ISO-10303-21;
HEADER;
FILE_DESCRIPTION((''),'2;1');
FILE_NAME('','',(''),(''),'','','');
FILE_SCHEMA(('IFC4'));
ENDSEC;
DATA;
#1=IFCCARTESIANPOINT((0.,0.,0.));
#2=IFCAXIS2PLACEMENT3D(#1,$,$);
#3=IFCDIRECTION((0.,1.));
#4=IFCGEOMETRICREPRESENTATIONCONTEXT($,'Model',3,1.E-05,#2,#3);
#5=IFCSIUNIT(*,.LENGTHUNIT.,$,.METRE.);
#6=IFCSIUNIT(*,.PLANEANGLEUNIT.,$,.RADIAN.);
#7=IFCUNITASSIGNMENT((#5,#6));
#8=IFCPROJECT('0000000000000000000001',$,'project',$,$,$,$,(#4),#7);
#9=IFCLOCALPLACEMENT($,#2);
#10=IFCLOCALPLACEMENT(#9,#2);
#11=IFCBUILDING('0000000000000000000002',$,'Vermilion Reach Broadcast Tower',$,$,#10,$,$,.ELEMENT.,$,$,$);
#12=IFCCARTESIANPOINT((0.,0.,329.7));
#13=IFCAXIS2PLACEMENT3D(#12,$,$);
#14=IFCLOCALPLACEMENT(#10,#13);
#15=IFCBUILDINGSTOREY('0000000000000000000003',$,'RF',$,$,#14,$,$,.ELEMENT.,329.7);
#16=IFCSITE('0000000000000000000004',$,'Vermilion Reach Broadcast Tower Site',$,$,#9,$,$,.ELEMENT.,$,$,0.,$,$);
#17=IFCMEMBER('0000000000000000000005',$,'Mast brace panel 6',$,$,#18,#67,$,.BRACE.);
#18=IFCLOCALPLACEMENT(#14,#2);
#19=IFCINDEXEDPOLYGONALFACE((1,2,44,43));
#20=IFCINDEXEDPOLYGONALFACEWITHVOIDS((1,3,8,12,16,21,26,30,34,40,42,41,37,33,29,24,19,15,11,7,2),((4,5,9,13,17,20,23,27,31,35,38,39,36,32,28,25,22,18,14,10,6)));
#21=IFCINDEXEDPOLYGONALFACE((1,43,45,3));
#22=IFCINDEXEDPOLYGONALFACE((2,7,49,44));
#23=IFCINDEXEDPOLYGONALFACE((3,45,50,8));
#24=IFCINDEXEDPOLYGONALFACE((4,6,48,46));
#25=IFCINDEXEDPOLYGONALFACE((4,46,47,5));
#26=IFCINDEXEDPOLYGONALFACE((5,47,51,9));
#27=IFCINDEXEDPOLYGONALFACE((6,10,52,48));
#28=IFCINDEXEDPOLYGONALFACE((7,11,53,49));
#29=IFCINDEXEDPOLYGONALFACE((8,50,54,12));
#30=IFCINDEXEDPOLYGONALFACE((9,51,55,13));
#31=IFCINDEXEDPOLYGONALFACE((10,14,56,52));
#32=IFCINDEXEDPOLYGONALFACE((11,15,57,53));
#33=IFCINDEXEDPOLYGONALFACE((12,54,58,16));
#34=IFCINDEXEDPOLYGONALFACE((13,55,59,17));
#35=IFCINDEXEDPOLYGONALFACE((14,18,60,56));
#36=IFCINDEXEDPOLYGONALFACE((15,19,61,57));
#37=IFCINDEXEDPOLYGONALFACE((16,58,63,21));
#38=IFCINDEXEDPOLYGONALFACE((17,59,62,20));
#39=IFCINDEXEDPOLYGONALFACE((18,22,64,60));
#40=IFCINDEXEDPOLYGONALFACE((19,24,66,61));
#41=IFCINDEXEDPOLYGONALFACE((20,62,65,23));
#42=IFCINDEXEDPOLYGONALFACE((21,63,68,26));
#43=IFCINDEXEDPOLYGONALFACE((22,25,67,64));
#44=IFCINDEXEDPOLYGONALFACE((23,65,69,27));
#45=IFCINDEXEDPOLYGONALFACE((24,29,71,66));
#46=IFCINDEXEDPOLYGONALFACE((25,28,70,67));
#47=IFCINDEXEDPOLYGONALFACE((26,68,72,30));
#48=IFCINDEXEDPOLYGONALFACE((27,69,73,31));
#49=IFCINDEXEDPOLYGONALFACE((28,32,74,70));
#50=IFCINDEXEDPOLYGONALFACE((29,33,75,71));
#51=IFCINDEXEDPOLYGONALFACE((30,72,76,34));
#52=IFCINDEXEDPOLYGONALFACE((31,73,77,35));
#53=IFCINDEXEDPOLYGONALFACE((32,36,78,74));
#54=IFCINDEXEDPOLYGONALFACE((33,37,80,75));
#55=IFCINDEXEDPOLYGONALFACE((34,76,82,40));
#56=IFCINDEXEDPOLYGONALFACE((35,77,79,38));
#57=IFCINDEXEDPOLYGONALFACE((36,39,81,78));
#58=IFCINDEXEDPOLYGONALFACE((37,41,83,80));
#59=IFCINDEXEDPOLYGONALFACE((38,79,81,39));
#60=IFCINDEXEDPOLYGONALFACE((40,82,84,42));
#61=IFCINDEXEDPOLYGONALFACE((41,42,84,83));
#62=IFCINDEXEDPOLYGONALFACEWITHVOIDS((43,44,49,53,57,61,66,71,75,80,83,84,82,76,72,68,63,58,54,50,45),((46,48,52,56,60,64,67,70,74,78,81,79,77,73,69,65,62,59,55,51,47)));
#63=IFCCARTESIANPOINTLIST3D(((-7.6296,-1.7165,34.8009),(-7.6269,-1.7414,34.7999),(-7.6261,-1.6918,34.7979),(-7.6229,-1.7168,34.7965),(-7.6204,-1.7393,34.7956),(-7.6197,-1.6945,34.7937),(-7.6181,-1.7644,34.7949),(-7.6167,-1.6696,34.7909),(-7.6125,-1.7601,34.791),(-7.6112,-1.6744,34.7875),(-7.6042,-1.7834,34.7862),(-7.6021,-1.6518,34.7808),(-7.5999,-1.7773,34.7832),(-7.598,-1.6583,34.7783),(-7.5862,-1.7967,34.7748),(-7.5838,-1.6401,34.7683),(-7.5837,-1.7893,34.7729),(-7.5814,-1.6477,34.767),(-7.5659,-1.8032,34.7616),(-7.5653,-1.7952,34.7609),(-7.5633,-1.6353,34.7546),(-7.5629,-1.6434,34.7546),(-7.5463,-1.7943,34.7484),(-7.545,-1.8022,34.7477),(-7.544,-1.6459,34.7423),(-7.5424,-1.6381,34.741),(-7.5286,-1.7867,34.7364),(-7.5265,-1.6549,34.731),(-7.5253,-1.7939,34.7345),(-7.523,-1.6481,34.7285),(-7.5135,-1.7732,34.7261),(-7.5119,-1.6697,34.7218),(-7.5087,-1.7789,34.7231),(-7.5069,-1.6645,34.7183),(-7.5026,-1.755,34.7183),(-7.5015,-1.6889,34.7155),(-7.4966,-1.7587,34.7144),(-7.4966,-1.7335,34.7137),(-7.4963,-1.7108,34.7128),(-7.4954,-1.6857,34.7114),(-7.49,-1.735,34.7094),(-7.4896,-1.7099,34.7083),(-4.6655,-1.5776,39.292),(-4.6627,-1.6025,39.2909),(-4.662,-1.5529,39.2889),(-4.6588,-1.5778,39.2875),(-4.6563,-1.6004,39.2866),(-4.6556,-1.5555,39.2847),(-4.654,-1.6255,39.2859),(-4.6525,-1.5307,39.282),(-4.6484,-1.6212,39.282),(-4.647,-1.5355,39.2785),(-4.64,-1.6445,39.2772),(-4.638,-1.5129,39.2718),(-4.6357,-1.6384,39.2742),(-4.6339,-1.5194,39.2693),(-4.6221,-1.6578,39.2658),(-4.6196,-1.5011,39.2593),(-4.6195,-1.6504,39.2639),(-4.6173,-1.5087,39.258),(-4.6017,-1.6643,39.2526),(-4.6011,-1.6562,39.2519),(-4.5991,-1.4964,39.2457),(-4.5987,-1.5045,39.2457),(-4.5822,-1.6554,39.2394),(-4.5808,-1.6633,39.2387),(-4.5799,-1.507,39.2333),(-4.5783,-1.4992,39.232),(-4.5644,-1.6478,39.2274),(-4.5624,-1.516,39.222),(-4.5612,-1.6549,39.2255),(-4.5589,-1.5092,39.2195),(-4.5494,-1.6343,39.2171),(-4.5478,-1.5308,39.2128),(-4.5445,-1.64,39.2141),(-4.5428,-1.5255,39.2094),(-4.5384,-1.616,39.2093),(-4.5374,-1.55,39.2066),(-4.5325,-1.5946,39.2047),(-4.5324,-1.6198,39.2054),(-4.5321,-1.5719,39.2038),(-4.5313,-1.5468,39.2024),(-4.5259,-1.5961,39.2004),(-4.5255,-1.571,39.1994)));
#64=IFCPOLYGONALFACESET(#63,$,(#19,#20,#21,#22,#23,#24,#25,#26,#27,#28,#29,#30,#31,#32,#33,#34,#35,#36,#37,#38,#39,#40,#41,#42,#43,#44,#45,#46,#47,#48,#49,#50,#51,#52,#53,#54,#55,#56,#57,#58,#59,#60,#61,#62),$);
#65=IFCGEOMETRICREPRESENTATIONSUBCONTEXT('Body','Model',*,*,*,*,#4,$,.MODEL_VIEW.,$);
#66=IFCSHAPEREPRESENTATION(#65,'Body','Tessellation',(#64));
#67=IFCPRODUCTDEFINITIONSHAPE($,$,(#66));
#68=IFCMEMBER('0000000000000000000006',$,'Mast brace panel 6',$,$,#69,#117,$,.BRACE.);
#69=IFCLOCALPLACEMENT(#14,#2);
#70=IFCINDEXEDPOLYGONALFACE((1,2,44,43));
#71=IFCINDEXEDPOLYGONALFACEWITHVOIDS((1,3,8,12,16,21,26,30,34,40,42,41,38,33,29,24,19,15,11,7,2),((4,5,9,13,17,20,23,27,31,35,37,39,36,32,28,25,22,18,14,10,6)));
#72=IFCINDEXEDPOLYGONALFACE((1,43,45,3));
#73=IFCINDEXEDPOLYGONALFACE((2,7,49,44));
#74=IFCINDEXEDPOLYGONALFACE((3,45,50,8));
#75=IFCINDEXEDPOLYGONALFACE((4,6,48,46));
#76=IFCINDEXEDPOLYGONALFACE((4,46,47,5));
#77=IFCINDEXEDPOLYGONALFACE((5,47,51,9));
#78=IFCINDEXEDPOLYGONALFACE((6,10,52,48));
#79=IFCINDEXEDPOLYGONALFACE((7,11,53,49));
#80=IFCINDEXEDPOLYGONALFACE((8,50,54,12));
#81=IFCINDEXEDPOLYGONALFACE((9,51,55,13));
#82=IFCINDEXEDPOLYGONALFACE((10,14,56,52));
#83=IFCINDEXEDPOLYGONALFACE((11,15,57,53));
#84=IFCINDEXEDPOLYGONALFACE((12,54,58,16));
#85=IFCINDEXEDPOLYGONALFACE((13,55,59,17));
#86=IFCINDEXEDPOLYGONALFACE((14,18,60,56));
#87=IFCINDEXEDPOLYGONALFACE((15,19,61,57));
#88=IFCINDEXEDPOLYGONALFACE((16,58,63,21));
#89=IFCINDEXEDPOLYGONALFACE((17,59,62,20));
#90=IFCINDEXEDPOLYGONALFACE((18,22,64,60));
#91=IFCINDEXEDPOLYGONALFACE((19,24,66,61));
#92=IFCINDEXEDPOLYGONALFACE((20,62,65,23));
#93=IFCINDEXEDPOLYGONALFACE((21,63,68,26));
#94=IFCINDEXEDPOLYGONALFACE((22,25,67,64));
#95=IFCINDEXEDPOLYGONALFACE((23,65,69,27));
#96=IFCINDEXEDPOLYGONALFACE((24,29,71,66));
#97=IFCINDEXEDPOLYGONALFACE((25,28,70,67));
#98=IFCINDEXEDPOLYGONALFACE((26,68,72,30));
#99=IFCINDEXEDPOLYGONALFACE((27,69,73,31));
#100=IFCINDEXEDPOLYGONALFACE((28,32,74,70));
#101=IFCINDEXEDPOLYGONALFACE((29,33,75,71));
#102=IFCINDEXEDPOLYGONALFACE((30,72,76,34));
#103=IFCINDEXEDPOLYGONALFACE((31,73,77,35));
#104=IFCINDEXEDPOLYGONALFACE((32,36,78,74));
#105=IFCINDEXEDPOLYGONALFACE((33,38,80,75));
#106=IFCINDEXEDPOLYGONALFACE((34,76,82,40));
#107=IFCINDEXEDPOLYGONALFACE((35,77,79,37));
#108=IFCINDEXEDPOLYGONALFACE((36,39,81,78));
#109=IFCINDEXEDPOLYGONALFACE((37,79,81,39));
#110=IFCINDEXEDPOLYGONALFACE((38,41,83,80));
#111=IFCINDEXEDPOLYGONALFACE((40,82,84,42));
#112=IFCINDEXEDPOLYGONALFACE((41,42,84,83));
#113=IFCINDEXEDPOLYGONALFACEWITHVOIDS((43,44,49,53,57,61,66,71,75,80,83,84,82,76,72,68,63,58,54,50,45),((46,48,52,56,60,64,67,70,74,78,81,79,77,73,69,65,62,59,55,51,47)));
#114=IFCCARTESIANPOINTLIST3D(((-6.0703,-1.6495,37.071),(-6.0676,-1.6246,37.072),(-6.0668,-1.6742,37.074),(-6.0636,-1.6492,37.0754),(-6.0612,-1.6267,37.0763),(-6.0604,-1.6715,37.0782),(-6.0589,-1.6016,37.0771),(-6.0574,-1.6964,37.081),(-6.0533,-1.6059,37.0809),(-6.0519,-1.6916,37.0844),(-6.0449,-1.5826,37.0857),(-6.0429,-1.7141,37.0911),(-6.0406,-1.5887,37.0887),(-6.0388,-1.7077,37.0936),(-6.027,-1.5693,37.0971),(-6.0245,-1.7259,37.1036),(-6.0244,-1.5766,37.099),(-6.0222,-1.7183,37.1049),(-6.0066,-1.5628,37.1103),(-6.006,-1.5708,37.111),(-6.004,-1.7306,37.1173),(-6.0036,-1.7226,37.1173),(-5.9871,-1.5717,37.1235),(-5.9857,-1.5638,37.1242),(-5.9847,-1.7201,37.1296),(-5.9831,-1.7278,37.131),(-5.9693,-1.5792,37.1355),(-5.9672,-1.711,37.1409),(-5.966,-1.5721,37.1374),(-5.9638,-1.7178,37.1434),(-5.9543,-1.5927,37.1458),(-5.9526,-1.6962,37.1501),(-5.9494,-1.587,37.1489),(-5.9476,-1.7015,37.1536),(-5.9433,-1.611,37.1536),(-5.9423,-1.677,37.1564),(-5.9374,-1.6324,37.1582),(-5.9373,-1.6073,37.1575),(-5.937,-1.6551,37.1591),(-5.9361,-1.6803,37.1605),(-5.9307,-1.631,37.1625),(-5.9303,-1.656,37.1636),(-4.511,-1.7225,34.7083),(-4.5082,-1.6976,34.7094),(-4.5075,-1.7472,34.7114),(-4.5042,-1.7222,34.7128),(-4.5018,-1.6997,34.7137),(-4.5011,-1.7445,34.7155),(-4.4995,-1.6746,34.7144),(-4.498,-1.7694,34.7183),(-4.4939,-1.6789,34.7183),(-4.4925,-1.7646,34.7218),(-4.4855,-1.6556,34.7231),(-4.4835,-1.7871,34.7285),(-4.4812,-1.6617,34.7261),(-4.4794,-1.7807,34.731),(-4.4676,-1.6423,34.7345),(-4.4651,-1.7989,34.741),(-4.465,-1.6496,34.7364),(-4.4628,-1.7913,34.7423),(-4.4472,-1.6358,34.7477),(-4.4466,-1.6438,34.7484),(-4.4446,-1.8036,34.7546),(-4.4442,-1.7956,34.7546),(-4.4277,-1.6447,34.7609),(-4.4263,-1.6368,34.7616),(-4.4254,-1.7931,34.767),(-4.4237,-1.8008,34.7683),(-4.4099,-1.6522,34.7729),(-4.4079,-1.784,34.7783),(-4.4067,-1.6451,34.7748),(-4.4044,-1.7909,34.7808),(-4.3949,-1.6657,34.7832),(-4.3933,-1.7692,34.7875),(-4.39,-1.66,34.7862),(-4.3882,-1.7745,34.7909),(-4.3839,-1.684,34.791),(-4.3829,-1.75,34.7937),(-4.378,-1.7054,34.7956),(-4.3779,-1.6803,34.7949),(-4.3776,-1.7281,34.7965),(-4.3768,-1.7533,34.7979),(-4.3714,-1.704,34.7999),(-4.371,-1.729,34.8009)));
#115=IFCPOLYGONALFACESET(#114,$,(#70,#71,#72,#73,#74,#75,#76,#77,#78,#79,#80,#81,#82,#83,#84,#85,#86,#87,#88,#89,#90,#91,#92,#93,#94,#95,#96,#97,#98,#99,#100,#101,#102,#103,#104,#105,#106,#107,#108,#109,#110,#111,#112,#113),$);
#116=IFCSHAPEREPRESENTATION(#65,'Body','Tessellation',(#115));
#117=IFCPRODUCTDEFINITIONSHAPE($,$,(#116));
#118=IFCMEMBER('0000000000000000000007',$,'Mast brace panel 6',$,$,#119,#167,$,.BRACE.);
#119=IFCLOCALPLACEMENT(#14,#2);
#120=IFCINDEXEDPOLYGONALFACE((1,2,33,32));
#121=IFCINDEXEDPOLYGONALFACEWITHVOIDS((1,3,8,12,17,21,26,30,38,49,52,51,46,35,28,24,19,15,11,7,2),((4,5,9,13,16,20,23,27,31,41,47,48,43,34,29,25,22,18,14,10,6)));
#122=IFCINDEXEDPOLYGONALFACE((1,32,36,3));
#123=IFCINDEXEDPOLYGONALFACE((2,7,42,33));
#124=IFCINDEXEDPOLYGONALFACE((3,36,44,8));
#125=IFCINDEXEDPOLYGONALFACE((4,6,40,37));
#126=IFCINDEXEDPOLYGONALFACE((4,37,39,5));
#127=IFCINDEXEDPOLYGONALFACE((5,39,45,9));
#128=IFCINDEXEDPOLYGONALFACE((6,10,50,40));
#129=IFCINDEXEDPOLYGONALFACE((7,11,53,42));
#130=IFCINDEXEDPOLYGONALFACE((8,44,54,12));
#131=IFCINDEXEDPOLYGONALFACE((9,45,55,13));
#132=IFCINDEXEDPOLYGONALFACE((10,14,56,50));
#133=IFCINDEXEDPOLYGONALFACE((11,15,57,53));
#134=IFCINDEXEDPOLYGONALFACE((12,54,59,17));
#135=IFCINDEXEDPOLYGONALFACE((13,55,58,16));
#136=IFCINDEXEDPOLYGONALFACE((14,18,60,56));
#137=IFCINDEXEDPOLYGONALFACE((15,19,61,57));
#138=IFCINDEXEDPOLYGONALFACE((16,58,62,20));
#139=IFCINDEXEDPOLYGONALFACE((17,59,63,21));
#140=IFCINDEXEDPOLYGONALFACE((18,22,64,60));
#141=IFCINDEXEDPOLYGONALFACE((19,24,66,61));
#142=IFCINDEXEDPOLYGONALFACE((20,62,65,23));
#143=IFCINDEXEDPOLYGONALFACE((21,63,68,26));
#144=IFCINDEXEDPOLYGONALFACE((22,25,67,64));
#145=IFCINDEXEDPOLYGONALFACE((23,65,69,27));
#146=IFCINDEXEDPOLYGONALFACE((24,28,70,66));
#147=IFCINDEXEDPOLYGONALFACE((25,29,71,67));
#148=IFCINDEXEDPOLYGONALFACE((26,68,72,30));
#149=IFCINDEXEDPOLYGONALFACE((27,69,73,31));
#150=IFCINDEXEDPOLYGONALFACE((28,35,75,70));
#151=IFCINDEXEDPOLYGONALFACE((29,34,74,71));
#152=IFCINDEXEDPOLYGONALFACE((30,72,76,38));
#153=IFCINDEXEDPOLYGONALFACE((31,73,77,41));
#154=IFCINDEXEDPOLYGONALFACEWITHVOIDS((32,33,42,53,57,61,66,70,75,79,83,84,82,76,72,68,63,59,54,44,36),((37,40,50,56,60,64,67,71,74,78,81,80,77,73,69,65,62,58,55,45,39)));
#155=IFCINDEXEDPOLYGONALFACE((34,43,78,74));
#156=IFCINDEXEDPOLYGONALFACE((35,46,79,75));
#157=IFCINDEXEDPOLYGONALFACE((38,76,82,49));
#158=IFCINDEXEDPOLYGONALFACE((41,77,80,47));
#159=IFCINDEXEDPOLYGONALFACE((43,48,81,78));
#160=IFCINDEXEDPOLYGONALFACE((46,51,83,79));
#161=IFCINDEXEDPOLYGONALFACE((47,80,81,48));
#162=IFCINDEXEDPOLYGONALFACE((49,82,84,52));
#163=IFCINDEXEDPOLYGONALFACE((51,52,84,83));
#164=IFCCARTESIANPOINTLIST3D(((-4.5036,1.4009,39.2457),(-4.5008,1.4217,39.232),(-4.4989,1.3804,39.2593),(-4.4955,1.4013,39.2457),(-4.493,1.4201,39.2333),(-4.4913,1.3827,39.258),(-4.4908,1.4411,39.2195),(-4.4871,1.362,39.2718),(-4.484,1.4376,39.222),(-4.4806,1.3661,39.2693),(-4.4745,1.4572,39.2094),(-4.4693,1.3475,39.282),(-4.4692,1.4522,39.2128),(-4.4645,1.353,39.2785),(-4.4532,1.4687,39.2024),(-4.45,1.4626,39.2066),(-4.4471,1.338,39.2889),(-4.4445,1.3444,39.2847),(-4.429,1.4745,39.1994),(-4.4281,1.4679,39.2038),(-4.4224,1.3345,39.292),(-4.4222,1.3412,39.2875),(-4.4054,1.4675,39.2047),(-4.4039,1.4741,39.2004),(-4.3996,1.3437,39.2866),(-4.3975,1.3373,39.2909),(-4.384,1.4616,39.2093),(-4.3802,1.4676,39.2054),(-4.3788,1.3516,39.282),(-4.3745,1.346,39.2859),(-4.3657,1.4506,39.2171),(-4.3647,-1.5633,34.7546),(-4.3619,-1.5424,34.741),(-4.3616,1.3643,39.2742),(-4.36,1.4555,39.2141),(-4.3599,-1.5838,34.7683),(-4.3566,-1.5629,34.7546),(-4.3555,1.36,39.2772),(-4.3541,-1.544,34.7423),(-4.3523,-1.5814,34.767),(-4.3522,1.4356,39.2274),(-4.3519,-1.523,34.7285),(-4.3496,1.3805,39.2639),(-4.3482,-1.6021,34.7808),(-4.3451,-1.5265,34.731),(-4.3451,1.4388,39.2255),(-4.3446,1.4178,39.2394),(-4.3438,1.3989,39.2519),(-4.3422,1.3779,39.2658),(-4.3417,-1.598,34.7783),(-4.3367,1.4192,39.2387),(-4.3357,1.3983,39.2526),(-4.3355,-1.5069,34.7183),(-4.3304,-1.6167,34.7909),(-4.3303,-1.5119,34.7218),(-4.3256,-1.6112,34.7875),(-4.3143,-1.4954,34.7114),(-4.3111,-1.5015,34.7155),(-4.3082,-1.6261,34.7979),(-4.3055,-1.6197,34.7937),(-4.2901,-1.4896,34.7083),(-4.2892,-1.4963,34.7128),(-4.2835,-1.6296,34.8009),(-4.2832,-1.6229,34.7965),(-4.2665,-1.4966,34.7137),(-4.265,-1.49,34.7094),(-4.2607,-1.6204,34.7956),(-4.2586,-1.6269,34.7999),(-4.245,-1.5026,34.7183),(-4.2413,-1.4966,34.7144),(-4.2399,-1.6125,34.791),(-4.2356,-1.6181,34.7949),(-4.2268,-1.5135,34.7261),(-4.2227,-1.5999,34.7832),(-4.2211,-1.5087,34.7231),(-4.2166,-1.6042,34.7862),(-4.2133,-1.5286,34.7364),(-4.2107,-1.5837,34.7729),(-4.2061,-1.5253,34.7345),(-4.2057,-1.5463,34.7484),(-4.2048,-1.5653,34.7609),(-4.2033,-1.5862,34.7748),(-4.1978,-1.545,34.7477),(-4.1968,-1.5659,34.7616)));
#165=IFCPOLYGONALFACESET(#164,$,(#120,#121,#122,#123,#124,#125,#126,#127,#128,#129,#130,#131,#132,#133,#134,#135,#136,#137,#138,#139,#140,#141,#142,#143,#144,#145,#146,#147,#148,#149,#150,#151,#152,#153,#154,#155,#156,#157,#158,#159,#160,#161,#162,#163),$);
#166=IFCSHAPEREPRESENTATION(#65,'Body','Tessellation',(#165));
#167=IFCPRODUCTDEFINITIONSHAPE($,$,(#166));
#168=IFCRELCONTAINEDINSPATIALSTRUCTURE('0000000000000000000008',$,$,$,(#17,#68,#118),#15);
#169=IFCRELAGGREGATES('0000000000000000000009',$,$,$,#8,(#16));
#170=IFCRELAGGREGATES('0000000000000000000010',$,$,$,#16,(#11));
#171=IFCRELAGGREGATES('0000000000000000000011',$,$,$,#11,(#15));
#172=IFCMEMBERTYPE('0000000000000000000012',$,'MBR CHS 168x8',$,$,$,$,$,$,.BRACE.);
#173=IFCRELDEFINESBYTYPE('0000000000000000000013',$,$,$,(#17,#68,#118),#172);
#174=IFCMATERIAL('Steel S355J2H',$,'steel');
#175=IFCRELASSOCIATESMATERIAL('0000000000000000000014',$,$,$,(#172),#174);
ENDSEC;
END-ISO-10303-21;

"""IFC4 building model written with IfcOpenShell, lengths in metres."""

from ifc_helpers import new_model, si_unit, direction, frame, origin, origin_2d, place, context, subcontext, project, spatial, hollow_circle, extrude, material, material_profile, profile_set, type_object, element, save


model = new_model("IFC4")

# Units and contexts
model_context = context("Model", 3, precision=1e-05, world=origin(), true_north=direction((0.0, 1.0)))
body_context = subcontext(model_context, "Body", "Model", "MODEL_VIEW")
ifc_project = project(units=[si_unit("LENGTHUNIT", "METRE"), si_unit("PLANEANGLEUNIT", "RADIAN")], contexts=[model_context])

# Site, building, storey
site_placement = place(None, origin())
site = spatial("IfcSite", under=ifc_project, at=site_placement, Name="Vermilion Reach Broadcast Tower Site", CompositionType="ELEMENT", RefElevation=0.0)
building_placement = place(site_placement, origin())
building = spatial("IfcBuilding", under=site, at=building_placement, Name="Vermilion Reach Broadcast Tower", CompositionType="ELEMENT")
storey_placement = place(building_placement, frame((0.0, 0.0, 329.7)))
storey = spatial("IfcBuildingStorey", under=building, at=storey_placement, Name="RF", CompositionType="ELEMENT", Elevation=329.7)

# Members
ifc_material_1 = material(Name="Steel S355J2H", Category="steel")
ifc_material_profile_1 = material_profile(ifc_material_1, hollow_circle(Radius=0.0842, WallThickness=0.0081, at=origin_2d()), Name="S355J2H CHS 168x8")
ifc_profile_set_1 = profile_set([ifc_material_profile_1], Name="Steel S355J2H")
member_type_1 = type_object("IfcMemberType", Name="MBR CHS 168x8", PredefinedType="BRACE", material=ifc_profile_set_1)
member_1_placement = place(storey_placement, frame((-7.5593, -1.7195, 34.7546), z_axis=(0.550668, 0.025808, 0.834325), x_axis=(-0.046815, 0.998904, 0.0)))
element("IfcMember", 1, at=member_1_placement, inside=storey, type_object=member_type_1, Name="Mast brace panel 6", PredefinedType="BRACE", context=body_context, shape_type="SweptSolid", body=[
    extrude(hollow_circle(Radius=0.0842, WallThickness=0.0081, at=origin_2d()), origin(), (0.0, 0.0, 1.0), 5.3828),
])
member_2_placement = place(storey_placement, frame((-4.4407, -1.7195, 34.7546), z_axis=(-0.55067, 0.025779, 0.834325), x_axis=(-0.046763, -0.998906, 0.0)))
element("IfcMember", 2, at=member_2_placement, inside=storey, type_object=member_type_1, Name="Mast brace panel 6", PredefinedType="BRACE", context=body_context, shape_type="SweptSolid", body=[
    extrude(hollow_circle(Radius=0.0842, WallThickness=0.0081, at=origin_2d()), origin(), (0.0, 0.0, 1.0), 2.8318),
])
member_3_placement = place(storey_placement, frame((-4.2805, -1.5593, 34.7546), z_axis=(-0.025808, 0.550668, 0.834325), x_axis=(-0.998904, -0.046815, 0.0)))
element("IfcMember", 3, at=member_3_placement, inside=storey, type_object=member_type_1, Name="Mast brace panel 6", PredefinedType="BRACE", context=body_context, shape_type="SweptSolid", body=[
    extrude(hollow_circle(Radius=0.0842, WallThickness=0.0081, at=origin_2d()), origin(), (0.0, 0.0, 1.0), 5.3828),
])

save(model, "model.ifc")
